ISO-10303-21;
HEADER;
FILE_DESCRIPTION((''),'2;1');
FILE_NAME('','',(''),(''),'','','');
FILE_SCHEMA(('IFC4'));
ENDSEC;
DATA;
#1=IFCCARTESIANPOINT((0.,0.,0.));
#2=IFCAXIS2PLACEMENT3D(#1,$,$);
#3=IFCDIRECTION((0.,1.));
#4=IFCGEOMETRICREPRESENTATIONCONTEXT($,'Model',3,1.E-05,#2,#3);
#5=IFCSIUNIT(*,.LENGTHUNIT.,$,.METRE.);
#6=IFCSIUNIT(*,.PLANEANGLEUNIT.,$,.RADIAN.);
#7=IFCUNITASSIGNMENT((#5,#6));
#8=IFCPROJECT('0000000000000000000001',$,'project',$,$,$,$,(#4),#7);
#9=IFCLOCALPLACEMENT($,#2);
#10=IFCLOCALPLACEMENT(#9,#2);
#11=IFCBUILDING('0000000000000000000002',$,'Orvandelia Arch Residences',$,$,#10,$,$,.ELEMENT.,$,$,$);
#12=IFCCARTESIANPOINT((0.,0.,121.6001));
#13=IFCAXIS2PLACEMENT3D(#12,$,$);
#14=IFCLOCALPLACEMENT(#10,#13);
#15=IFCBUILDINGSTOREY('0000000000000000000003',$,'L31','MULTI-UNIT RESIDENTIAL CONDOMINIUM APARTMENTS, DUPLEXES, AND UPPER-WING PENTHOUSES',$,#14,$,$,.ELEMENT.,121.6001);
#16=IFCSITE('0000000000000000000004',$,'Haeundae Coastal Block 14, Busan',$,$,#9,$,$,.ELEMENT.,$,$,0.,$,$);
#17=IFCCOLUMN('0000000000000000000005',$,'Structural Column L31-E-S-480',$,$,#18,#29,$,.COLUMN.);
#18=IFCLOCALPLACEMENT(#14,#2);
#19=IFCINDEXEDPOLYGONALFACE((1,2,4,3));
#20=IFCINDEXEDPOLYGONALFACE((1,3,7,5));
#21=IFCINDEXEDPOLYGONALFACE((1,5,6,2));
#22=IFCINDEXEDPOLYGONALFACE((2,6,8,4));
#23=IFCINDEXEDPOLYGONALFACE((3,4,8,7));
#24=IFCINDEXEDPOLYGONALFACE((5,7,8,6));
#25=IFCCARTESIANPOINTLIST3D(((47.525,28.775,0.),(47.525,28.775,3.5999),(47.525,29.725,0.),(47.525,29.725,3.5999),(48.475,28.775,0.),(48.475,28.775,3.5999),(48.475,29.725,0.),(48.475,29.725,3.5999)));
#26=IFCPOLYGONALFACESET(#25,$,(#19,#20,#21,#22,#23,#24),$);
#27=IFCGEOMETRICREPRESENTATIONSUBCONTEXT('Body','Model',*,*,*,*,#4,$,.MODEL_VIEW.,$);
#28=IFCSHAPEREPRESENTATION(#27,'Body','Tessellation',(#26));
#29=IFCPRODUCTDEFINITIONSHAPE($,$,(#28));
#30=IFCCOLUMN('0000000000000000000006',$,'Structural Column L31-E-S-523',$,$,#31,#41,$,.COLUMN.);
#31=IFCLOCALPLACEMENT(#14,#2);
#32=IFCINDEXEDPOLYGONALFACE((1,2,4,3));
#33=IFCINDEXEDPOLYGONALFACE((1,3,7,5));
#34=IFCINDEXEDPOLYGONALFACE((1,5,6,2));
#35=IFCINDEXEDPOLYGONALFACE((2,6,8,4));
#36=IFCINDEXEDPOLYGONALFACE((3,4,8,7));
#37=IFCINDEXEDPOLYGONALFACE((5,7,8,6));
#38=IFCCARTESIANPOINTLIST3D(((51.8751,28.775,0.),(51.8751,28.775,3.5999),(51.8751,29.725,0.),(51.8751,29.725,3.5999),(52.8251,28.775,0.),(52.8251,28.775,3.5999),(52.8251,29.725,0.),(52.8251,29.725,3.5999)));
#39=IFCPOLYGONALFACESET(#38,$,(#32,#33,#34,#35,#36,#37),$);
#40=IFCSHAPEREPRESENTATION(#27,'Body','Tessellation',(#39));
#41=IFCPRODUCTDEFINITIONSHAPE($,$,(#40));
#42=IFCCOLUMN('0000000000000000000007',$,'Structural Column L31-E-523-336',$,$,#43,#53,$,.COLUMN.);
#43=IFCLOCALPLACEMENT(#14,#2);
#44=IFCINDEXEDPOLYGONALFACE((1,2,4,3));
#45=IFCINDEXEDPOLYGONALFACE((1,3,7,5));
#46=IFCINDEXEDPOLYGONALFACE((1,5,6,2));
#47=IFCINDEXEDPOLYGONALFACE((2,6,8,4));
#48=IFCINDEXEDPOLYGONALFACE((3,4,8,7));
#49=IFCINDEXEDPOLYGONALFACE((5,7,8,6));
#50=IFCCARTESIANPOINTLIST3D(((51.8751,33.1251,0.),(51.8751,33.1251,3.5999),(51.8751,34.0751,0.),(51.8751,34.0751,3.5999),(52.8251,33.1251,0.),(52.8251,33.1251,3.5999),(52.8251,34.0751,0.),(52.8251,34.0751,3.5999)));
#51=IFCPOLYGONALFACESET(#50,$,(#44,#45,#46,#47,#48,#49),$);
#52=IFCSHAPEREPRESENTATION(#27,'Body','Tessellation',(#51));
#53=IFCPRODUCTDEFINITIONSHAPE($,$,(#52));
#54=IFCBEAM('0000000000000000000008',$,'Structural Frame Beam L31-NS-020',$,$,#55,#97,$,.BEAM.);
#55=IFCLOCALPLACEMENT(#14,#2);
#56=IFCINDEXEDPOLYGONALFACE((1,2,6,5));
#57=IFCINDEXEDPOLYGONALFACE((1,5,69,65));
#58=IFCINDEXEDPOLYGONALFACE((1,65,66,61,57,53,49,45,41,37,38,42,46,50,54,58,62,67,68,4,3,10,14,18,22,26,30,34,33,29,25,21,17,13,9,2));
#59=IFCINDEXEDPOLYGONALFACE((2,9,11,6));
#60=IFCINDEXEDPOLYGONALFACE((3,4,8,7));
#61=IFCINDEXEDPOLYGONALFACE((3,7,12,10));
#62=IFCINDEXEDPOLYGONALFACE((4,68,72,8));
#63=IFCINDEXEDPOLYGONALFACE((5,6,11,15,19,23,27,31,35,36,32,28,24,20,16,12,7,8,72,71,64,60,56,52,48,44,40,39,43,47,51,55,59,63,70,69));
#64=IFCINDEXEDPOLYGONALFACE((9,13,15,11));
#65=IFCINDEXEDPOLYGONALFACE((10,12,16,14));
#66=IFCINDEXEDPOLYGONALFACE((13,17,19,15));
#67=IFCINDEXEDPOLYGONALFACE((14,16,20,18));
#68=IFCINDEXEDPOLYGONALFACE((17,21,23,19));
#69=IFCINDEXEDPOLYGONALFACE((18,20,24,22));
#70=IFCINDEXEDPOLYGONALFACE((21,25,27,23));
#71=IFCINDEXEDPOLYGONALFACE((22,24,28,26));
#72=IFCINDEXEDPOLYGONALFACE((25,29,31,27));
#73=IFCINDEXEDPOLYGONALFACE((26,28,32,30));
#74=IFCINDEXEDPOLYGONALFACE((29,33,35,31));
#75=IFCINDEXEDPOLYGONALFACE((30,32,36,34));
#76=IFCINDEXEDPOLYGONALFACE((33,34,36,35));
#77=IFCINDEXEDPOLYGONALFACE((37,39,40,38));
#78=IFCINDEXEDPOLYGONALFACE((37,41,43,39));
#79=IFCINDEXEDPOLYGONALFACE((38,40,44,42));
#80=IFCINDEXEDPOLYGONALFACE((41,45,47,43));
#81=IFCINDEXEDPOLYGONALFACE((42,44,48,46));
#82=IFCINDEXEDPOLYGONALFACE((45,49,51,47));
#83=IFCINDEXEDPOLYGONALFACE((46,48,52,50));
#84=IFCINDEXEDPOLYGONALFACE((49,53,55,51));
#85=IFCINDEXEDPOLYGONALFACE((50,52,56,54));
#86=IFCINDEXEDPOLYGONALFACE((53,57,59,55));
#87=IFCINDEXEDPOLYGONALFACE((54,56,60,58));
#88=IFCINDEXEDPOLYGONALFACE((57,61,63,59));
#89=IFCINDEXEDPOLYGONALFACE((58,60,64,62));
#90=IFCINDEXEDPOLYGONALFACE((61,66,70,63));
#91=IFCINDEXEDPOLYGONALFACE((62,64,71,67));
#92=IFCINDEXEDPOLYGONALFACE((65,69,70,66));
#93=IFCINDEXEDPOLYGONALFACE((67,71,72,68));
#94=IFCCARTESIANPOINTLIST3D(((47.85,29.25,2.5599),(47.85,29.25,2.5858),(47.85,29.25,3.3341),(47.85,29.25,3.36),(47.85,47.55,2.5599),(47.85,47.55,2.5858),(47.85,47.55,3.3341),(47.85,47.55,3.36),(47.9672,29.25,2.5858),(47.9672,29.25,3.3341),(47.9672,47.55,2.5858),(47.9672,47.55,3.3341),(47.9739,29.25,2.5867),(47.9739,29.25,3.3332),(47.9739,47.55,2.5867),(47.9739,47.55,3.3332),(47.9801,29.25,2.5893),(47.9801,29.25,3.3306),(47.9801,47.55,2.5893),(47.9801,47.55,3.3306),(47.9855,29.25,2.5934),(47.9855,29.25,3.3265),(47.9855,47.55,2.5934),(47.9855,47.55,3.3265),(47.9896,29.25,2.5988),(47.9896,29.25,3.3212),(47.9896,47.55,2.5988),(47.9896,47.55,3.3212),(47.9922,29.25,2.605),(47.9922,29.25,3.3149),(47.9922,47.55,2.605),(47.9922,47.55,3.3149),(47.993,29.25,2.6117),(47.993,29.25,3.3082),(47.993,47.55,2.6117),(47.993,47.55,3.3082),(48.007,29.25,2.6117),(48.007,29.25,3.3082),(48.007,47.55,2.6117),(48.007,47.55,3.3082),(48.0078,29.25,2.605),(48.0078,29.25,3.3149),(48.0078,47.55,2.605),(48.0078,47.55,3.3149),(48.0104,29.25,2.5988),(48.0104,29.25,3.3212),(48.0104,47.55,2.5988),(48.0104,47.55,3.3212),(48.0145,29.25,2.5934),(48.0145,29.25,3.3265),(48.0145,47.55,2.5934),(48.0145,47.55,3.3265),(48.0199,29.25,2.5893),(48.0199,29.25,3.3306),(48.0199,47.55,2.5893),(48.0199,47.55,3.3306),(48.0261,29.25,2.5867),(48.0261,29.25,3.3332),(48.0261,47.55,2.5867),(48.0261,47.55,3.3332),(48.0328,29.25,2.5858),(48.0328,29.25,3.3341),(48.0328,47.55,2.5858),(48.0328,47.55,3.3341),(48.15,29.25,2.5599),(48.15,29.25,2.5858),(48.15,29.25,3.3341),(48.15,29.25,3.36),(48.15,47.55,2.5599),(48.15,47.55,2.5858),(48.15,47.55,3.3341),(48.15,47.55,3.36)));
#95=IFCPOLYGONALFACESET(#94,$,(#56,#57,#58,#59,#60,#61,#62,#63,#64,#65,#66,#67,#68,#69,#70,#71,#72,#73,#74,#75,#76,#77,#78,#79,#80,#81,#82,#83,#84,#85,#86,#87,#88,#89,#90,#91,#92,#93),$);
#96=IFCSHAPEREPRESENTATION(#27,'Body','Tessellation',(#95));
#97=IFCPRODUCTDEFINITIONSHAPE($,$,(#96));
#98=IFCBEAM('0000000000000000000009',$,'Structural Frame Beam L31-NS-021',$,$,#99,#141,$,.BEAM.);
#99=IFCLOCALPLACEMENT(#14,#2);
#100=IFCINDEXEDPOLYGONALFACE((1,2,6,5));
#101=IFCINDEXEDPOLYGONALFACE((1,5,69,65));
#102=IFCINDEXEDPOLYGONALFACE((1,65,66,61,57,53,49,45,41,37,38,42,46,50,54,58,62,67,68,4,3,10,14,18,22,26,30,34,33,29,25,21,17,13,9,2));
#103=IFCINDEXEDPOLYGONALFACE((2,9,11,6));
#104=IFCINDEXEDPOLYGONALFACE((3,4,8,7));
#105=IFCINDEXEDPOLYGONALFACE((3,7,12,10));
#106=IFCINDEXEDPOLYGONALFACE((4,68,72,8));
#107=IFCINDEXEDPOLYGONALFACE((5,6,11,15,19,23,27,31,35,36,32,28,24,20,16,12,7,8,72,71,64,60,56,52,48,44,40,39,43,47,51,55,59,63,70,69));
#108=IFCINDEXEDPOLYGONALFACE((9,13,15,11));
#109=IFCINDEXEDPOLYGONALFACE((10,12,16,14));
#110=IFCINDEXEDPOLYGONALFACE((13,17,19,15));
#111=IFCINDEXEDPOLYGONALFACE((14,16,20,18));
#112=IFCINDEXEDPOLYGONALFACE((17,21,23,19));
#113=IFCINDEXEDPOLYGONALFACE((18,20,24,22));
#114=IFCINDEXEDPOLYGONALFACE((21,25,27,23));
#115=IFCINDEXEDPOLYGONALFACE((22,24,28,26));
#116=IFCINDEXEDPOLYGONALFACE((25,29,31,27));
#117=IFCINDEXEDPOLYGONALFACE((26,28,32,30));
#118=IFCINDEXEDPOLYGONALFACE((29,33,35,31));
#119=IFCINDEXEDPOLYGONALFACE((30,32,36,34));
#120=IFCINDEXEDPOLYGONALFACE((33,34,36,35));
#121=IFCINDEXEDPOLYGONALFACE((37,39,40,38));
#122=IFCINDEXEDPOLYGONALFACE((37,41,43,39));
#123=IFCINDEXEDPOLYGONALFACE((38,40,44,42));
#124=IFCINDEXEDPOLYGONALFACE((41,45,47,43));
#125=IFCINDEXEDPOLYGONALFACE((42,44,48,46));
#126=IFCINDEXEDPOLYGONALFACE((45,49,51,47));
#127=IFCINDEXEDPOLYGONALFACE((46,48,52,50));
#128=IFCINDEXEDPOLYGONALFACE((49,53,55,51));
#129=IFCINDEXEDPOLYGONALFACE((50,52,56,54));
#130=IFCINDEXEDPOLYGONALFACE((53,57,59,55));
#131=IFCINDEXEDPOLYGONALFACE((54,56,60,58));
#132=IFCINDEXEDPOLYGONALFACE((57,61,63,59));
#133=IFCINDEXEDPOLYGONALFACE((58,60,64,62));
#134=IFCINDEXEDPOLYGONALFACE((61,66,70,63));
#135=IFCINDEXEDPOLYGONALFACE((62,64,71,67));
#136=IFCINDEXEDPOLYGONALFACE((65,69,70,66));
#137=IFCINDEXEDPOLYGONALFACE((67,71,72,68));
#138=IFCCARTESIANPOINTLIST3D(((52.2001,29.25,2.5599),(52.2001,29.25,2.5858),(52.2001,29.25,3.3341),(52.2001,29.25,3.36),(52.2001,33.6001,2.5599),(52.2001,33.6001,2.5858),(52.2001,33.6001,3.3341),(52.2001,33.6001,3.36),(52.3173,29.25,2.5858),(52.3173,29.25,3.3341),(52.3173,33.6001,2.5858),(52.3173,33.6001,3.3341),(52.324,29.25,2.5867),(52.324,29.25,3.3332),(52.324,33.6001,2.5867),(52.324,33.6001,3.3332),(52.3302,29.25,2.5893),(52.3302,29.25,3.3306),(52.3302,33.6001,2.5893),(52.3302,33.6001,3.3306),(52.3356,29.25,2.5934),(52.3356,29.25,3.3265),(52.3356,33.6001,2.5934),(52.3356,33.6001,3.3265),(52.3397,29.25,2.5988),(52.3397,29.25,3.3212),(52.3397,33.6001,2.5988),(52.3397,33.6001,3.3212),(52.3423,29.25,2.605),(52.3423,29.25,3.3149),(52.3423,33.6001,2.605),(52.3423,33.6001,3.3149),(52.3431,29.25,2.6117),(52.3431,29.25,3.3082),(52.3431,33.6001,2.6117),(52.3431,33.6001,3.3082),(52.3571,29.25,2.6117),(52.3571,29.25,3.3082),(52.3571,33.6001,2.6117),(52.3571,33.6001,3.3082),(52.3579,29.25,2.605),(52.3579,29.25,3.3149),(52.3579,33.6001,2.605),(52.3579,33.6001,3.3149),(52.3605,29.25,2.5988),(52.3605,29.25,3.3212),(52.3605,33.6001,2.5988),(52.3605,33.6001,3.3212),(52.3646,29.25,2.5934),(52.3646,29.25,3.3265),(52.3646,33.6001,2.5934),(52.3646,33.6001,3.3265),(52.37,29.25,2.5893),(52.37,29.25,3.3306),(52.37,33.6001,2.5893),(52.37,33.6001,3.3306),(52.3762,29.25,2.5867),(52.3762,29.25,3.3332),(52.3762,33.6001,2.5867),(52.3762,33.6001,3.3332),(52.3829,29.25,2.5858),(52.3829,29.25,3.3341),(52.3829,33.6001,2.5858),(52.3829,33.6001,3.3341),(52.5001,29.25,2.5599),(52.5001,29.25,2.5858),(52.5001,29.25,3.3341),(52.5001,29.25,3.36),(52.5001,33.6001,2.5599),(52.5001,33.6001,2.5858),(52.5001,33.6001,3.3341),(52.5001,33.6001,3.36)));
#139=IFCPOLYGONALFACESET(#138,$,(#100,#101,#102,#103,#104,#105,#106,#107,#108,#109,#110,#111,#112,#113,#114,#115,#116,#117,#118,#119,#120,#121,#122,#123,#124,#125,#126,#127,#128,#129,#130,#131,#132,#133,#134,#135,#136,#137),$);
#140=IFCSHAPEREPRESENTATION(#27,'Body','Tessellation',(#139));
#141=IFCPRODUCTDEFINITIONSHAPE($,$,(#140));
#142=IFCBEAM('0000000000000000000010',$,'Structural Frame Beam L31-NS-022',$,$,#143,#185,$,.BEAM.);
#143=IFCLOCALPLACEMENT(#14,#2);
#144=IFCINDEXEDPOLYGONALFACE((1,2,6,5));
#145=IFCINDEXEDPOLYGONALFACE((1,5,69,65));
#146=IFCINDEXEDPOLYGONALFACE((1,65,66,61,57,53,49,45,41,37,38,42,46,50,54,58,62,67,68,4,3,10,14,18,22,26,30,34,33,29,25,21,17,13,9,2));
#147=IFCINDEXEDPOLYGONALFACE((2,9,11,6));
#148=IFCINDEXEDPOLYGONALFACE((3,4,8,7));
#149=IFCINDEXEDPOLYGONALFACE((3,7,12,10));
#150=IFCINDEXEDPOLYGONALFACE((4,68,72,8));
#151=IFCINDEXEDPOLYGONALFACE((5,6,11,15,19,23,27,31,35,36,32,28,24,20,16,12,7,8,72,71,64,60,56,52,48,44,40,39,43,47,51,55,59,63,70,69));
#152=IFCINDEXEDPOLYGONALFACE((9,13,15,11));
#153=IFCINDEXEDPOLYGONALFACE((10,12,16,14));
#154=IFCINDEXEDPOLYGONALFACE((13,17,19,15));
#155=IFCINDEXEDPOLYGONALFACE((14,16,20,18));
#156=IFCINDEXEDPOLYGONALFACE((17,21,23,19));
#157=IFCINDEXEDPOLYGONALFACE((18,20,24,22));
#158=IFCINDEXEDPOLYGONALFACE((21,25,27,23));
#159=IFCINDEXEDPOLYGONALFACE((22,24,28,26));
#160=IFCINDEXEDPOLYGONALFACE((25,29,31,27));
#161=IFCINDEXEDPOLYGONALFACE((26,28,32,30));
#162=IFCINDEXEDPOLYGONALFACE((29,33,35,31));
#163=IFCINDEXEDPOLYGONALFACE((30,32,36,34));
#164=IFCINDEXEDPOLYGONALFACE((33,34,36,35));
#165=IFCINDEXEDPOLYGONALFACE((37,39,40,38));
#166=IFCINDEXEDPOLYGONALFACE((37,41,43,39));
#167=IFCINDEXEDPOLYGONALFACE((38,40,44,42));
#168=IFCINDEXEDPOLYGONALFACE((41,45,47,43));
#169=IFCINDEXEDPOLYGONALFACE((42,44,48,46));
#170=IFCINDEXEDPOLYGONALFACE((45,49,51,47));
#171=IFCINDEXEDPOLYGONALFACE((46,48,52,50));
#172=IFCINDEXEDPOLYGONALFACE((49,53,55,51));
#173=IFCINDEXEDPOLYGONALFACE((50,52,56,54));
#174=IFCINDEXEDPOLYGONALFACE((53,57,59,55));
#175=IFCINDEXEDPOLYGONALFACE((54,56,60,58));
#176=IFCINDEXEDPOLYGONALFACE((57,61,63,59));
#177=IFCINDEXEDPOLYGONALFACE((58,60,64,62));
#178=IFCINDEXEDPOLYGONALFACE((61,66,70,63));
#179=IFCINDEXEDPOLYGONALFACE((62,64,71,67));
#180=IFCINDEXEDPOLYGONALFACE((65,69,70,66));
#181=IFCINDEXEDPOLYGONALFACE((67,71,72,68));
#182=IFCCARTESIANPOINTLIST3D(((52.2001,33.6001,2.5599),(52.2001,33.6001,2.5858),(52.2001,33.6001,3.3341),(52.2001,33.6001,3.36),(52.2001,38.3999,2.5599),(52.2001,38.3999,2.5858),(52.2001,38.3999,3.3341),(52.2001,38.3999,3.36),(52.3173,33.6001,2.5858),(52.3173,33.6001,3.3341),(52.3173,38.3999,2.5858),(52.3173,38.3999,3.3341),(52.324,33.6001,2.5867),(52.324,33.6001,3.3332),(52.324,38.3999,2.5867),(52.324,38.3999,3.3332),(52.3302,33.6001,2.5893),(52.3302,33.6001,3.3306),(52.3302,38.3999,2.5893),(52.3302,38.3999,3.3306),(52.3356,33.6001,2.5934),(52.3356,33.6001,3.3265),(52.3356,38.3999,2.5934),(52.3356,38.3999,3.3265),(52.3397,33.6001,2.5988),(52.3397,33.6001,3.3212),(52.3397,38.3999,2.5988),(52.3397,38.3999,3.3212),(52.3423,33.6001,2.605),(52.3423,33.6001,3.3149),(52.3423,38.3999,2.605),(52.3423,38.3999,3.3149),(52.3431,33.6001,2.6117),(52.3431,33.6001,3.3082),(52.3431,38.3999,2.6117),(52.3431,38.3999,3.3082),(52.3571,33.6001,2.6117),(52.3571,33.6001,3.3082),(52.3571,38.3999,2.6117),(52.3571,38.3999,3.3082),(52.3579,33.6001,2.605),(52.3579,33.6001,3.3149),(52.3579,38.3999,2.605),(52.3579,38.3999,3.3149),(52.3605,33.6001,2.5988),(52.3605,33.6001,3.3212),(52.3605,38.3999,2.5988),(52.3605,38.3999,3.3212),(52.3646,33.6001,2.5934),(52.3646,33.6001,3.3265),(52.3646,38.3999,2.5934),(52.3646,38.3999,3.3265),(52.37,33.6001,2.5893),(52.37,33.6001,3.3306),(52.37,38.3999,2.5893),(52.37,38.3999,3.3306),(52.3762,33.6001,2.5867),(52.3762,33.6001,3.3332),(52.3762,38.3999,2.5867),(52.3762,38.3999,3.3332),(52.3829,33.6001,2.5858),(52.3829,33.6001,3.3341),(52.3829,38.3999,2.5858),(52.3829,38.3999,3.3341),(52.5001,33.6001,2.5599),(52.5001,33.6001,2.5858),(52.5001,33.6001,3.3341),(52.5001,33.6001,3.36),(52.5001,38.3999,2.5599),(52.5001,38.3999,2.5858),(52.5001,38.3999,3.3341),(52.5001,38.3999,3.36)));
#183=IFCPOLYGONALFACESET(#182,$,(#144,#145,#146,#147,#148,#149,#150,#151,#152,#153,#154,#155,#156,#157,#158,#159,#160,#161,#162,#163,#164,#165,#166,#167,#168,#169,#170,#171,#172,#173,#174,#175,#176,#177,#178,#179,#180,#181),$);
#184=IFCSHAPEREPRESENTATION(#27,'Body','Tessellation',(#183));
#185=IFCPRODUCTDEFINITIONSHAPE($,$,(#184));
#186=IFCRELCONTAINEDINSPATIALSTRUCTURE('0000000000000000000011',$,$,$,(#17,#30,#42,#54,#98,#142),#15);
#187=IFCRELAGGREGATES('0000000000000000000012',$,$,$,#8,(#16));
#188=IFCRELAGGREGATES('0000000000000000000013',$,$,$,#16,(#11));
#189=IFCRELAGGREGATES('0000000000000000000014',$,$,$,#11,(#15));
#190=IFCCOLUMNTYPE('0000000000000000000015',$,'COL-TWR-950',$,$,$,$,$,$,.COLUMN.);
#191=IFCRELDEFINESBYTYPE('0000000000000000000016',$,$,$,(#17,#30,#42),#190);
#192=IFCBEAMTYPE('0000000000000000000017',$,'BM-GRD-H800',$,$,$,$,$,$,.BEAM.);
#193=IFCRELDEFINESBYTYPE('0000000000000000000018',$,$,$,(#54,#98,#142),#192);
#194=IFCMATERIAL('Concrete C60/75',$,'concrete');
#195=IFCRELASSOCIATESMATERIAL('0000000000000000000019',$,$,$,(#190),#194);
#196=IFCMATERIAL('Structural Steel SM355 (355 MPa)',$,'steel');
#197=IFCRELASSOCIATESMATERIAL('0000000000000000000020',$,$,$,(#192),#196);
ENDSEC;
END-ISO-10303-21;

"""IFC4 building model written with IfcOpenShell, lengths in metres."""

from ifc_helpers import new_model, si_unit, direction, frame, origin, origin_2d, place, context, subcontext, project, spatial, rectangle, i_section, extrude, material, material_profile, profile_set, type_object, element, save


model = new_model("IFC4")

# Units and contexts
model_context = context("Model", 3, precision=1e-05, world=origin(), true_north=direction((0.0, 1.0)))
body_context = subcontext(model_context, "Body", "Model", "MODEL_VIEW")
ifc_project = project(units=[si_unit("LENGTHUNIT", "METRE"), si_unit("PLANEANGLEUNIT", "RADIAN")], contexts=[model_context])

# Site, building, storey
site_placement = place(None, origin())
site = spatial("IfcSite", under=ifc_project, at=site_placement, Name="Haeundae Coastal Block 14, Busan", CompositionType="ELEMENT", RefElevation=0.0)
building_placement = place(site_placement, origin())
building = spatial("IfcBuilding", under=site, at=building_placement, Name="Orvandelia Arch Residences", CompositionType="ELEMENT")
storey_placement = place(building_placement, frame((0.0, 0.0, 121.6001)))
storey = spatial("IfcBuildingStorey", under=building, at=storey_placement, Name="L31", Description="MULTI-UNIT RESIDENTIAL CONDOMINIUM APARTMENTS, DUPLEXES, AND UPPER-WING PENTHOUSES", CompositionType="ELEMENT", Elevation=121.6001)

# Columns
ifc_material_1 = material(Name="Concrete C60/75", Category="concrete")
ifc_material_profile_1 = material_profile(ifc_material_1, rectangle(XDim=0.95, YDim=0.95, at=origin_2d()), Name="Concrete C60/75", Category="concrete")
ifc_profile_set_1 = profile_set([ifc_material_profile_1], Name="Concrete C60/75")
column_type = type_object("IfcColumnType", Name="COL-TWR-950", PredefinedType="COLUMN", material=ifc_profile_set_1)
for number, where, z_axis, x_axis, name in (
    (1, (48.0, 29.25, 0.0), (0.0, 0.0, 1.0), (1.0, 0.0, 0.0), "Structural Column L31-E-S-480"),
    (2, (52.3501, 29.25, 0.0), (0.0, 0.0, 1.0), (1.0, 0.0, 0.0), "Structural Column L31-E-S-523"),
    (3, (52.3501, 33.6001, 0.0), (0.0, 0.0, 1.0), (1.0, 0.0, 0.0), "Structural Column L31-E-523-336"),
):
    element("IfcColumn", number, at=place(storey_placement, frame(where, z_axis=z_axis, x_axis=x_axis)), inside=storey, type_object=column_type, Name=name, PredefinedType="COLUMN", context=body_context, shape_type="SweptSolid", body=[
        extrude(rectangle(XDim=0.95, YDim=0.95, at=origin_2d()), origin(), (0.0, 0.0, 1.0), 3.5999),
    ])

# Beams
ifc_material_2 = material(Name="Structural Steel SM355 (355 MPa)", Category="steel")
ifc_material_profile_2 = material_profile(ifc_material_2, i_section(OverallWidth=0.3, OverallDepth=0.8, WebThickness=0.0139, FlangeThickness=0.0259, FilletRadius=0.0259, at=origin_2d()), Name="Structural Steel SM355 (355 MPa)", Category="steel")
ifc_profile_set_2 = profile_set([ifc_material_profile_2], Name="Structural Steel SM355 (355 MPa)")
beam_type = type_object("IfcBeamType", Name="BM-GRD-H800", PredefinedType="BEAM", material=ifc_profile_set_2)
beam_1_placement = place(storey_placement, frame((48.0, 29.25, 2.96), z_axis=(0.0, 1.0, 0.0), x_axis=(-1.0, 0.0, 0.0)))
element("IfcBeam", 4, at=beam_1_placement, inside=storey, type_object=beam_type, Name="Structural Frame Beam L31-NS-020", PredefinedType="BEAM", context=body_context, shape_type="SweptSolid", body=[
    extrude(i_section(OverallWidth=0.3, OverallDepth=0.8, WebThickness=0.0139, FlangeThickness=0.0259, FilletRadius=0.0259, at=origin_2d()), origin(), (0.0, 0.0, 1.0), 18.3),
])
beam_2_placement = place(storey_placement, frame((52.3501, 29.25, 2.96), z_axis=(0.0, 1.0, 0.0), x_axis=(-1.0, 0.0, 0.0)))
element("IfcBeam", 5, at=beam_2_placement, inside=storey, type_object=beam_type, Name="Structural Frame Beam L31-NS-021", PredefinedType="BEAM", context=body_context, shape_type="SweptSolid", body=[
    extrude(i_section(OverallWidth=0.3, OverallDepth=0.8, WebThickness=0.0139, FlangeThickness=0.0259, FilletRadius=0.0259, at=origin_2d()), origin(), (0.0, 0.0, 1.0), 4.3501),
])
beam_3_placement = place(storey_placement, frame((52.3501, 33.6001, 2.96), z_axis=(0.0, 1.0, 0.0), x_axis=(-1.0, 0.0, 0.0)))
element("IfcBeam", 6, at=beam_3_placement, inside=storey, type_object=beam_type, Name="Structural Frame Beam L31-NS-022", PredefinedType="BEAM", context=body_context, shape_type="SweptSolid", body=[
    extrude(i_section(OverallWidth=0.3, OverallDepth=0.8, WebThickness=0.0139, FlangeThickness=0.0259, FilletRadius=0.0259, at=origin_2d()), origin(), (0.0, 0.0, 1.0), 4.7998),
])

save(model, "model.ifc")
